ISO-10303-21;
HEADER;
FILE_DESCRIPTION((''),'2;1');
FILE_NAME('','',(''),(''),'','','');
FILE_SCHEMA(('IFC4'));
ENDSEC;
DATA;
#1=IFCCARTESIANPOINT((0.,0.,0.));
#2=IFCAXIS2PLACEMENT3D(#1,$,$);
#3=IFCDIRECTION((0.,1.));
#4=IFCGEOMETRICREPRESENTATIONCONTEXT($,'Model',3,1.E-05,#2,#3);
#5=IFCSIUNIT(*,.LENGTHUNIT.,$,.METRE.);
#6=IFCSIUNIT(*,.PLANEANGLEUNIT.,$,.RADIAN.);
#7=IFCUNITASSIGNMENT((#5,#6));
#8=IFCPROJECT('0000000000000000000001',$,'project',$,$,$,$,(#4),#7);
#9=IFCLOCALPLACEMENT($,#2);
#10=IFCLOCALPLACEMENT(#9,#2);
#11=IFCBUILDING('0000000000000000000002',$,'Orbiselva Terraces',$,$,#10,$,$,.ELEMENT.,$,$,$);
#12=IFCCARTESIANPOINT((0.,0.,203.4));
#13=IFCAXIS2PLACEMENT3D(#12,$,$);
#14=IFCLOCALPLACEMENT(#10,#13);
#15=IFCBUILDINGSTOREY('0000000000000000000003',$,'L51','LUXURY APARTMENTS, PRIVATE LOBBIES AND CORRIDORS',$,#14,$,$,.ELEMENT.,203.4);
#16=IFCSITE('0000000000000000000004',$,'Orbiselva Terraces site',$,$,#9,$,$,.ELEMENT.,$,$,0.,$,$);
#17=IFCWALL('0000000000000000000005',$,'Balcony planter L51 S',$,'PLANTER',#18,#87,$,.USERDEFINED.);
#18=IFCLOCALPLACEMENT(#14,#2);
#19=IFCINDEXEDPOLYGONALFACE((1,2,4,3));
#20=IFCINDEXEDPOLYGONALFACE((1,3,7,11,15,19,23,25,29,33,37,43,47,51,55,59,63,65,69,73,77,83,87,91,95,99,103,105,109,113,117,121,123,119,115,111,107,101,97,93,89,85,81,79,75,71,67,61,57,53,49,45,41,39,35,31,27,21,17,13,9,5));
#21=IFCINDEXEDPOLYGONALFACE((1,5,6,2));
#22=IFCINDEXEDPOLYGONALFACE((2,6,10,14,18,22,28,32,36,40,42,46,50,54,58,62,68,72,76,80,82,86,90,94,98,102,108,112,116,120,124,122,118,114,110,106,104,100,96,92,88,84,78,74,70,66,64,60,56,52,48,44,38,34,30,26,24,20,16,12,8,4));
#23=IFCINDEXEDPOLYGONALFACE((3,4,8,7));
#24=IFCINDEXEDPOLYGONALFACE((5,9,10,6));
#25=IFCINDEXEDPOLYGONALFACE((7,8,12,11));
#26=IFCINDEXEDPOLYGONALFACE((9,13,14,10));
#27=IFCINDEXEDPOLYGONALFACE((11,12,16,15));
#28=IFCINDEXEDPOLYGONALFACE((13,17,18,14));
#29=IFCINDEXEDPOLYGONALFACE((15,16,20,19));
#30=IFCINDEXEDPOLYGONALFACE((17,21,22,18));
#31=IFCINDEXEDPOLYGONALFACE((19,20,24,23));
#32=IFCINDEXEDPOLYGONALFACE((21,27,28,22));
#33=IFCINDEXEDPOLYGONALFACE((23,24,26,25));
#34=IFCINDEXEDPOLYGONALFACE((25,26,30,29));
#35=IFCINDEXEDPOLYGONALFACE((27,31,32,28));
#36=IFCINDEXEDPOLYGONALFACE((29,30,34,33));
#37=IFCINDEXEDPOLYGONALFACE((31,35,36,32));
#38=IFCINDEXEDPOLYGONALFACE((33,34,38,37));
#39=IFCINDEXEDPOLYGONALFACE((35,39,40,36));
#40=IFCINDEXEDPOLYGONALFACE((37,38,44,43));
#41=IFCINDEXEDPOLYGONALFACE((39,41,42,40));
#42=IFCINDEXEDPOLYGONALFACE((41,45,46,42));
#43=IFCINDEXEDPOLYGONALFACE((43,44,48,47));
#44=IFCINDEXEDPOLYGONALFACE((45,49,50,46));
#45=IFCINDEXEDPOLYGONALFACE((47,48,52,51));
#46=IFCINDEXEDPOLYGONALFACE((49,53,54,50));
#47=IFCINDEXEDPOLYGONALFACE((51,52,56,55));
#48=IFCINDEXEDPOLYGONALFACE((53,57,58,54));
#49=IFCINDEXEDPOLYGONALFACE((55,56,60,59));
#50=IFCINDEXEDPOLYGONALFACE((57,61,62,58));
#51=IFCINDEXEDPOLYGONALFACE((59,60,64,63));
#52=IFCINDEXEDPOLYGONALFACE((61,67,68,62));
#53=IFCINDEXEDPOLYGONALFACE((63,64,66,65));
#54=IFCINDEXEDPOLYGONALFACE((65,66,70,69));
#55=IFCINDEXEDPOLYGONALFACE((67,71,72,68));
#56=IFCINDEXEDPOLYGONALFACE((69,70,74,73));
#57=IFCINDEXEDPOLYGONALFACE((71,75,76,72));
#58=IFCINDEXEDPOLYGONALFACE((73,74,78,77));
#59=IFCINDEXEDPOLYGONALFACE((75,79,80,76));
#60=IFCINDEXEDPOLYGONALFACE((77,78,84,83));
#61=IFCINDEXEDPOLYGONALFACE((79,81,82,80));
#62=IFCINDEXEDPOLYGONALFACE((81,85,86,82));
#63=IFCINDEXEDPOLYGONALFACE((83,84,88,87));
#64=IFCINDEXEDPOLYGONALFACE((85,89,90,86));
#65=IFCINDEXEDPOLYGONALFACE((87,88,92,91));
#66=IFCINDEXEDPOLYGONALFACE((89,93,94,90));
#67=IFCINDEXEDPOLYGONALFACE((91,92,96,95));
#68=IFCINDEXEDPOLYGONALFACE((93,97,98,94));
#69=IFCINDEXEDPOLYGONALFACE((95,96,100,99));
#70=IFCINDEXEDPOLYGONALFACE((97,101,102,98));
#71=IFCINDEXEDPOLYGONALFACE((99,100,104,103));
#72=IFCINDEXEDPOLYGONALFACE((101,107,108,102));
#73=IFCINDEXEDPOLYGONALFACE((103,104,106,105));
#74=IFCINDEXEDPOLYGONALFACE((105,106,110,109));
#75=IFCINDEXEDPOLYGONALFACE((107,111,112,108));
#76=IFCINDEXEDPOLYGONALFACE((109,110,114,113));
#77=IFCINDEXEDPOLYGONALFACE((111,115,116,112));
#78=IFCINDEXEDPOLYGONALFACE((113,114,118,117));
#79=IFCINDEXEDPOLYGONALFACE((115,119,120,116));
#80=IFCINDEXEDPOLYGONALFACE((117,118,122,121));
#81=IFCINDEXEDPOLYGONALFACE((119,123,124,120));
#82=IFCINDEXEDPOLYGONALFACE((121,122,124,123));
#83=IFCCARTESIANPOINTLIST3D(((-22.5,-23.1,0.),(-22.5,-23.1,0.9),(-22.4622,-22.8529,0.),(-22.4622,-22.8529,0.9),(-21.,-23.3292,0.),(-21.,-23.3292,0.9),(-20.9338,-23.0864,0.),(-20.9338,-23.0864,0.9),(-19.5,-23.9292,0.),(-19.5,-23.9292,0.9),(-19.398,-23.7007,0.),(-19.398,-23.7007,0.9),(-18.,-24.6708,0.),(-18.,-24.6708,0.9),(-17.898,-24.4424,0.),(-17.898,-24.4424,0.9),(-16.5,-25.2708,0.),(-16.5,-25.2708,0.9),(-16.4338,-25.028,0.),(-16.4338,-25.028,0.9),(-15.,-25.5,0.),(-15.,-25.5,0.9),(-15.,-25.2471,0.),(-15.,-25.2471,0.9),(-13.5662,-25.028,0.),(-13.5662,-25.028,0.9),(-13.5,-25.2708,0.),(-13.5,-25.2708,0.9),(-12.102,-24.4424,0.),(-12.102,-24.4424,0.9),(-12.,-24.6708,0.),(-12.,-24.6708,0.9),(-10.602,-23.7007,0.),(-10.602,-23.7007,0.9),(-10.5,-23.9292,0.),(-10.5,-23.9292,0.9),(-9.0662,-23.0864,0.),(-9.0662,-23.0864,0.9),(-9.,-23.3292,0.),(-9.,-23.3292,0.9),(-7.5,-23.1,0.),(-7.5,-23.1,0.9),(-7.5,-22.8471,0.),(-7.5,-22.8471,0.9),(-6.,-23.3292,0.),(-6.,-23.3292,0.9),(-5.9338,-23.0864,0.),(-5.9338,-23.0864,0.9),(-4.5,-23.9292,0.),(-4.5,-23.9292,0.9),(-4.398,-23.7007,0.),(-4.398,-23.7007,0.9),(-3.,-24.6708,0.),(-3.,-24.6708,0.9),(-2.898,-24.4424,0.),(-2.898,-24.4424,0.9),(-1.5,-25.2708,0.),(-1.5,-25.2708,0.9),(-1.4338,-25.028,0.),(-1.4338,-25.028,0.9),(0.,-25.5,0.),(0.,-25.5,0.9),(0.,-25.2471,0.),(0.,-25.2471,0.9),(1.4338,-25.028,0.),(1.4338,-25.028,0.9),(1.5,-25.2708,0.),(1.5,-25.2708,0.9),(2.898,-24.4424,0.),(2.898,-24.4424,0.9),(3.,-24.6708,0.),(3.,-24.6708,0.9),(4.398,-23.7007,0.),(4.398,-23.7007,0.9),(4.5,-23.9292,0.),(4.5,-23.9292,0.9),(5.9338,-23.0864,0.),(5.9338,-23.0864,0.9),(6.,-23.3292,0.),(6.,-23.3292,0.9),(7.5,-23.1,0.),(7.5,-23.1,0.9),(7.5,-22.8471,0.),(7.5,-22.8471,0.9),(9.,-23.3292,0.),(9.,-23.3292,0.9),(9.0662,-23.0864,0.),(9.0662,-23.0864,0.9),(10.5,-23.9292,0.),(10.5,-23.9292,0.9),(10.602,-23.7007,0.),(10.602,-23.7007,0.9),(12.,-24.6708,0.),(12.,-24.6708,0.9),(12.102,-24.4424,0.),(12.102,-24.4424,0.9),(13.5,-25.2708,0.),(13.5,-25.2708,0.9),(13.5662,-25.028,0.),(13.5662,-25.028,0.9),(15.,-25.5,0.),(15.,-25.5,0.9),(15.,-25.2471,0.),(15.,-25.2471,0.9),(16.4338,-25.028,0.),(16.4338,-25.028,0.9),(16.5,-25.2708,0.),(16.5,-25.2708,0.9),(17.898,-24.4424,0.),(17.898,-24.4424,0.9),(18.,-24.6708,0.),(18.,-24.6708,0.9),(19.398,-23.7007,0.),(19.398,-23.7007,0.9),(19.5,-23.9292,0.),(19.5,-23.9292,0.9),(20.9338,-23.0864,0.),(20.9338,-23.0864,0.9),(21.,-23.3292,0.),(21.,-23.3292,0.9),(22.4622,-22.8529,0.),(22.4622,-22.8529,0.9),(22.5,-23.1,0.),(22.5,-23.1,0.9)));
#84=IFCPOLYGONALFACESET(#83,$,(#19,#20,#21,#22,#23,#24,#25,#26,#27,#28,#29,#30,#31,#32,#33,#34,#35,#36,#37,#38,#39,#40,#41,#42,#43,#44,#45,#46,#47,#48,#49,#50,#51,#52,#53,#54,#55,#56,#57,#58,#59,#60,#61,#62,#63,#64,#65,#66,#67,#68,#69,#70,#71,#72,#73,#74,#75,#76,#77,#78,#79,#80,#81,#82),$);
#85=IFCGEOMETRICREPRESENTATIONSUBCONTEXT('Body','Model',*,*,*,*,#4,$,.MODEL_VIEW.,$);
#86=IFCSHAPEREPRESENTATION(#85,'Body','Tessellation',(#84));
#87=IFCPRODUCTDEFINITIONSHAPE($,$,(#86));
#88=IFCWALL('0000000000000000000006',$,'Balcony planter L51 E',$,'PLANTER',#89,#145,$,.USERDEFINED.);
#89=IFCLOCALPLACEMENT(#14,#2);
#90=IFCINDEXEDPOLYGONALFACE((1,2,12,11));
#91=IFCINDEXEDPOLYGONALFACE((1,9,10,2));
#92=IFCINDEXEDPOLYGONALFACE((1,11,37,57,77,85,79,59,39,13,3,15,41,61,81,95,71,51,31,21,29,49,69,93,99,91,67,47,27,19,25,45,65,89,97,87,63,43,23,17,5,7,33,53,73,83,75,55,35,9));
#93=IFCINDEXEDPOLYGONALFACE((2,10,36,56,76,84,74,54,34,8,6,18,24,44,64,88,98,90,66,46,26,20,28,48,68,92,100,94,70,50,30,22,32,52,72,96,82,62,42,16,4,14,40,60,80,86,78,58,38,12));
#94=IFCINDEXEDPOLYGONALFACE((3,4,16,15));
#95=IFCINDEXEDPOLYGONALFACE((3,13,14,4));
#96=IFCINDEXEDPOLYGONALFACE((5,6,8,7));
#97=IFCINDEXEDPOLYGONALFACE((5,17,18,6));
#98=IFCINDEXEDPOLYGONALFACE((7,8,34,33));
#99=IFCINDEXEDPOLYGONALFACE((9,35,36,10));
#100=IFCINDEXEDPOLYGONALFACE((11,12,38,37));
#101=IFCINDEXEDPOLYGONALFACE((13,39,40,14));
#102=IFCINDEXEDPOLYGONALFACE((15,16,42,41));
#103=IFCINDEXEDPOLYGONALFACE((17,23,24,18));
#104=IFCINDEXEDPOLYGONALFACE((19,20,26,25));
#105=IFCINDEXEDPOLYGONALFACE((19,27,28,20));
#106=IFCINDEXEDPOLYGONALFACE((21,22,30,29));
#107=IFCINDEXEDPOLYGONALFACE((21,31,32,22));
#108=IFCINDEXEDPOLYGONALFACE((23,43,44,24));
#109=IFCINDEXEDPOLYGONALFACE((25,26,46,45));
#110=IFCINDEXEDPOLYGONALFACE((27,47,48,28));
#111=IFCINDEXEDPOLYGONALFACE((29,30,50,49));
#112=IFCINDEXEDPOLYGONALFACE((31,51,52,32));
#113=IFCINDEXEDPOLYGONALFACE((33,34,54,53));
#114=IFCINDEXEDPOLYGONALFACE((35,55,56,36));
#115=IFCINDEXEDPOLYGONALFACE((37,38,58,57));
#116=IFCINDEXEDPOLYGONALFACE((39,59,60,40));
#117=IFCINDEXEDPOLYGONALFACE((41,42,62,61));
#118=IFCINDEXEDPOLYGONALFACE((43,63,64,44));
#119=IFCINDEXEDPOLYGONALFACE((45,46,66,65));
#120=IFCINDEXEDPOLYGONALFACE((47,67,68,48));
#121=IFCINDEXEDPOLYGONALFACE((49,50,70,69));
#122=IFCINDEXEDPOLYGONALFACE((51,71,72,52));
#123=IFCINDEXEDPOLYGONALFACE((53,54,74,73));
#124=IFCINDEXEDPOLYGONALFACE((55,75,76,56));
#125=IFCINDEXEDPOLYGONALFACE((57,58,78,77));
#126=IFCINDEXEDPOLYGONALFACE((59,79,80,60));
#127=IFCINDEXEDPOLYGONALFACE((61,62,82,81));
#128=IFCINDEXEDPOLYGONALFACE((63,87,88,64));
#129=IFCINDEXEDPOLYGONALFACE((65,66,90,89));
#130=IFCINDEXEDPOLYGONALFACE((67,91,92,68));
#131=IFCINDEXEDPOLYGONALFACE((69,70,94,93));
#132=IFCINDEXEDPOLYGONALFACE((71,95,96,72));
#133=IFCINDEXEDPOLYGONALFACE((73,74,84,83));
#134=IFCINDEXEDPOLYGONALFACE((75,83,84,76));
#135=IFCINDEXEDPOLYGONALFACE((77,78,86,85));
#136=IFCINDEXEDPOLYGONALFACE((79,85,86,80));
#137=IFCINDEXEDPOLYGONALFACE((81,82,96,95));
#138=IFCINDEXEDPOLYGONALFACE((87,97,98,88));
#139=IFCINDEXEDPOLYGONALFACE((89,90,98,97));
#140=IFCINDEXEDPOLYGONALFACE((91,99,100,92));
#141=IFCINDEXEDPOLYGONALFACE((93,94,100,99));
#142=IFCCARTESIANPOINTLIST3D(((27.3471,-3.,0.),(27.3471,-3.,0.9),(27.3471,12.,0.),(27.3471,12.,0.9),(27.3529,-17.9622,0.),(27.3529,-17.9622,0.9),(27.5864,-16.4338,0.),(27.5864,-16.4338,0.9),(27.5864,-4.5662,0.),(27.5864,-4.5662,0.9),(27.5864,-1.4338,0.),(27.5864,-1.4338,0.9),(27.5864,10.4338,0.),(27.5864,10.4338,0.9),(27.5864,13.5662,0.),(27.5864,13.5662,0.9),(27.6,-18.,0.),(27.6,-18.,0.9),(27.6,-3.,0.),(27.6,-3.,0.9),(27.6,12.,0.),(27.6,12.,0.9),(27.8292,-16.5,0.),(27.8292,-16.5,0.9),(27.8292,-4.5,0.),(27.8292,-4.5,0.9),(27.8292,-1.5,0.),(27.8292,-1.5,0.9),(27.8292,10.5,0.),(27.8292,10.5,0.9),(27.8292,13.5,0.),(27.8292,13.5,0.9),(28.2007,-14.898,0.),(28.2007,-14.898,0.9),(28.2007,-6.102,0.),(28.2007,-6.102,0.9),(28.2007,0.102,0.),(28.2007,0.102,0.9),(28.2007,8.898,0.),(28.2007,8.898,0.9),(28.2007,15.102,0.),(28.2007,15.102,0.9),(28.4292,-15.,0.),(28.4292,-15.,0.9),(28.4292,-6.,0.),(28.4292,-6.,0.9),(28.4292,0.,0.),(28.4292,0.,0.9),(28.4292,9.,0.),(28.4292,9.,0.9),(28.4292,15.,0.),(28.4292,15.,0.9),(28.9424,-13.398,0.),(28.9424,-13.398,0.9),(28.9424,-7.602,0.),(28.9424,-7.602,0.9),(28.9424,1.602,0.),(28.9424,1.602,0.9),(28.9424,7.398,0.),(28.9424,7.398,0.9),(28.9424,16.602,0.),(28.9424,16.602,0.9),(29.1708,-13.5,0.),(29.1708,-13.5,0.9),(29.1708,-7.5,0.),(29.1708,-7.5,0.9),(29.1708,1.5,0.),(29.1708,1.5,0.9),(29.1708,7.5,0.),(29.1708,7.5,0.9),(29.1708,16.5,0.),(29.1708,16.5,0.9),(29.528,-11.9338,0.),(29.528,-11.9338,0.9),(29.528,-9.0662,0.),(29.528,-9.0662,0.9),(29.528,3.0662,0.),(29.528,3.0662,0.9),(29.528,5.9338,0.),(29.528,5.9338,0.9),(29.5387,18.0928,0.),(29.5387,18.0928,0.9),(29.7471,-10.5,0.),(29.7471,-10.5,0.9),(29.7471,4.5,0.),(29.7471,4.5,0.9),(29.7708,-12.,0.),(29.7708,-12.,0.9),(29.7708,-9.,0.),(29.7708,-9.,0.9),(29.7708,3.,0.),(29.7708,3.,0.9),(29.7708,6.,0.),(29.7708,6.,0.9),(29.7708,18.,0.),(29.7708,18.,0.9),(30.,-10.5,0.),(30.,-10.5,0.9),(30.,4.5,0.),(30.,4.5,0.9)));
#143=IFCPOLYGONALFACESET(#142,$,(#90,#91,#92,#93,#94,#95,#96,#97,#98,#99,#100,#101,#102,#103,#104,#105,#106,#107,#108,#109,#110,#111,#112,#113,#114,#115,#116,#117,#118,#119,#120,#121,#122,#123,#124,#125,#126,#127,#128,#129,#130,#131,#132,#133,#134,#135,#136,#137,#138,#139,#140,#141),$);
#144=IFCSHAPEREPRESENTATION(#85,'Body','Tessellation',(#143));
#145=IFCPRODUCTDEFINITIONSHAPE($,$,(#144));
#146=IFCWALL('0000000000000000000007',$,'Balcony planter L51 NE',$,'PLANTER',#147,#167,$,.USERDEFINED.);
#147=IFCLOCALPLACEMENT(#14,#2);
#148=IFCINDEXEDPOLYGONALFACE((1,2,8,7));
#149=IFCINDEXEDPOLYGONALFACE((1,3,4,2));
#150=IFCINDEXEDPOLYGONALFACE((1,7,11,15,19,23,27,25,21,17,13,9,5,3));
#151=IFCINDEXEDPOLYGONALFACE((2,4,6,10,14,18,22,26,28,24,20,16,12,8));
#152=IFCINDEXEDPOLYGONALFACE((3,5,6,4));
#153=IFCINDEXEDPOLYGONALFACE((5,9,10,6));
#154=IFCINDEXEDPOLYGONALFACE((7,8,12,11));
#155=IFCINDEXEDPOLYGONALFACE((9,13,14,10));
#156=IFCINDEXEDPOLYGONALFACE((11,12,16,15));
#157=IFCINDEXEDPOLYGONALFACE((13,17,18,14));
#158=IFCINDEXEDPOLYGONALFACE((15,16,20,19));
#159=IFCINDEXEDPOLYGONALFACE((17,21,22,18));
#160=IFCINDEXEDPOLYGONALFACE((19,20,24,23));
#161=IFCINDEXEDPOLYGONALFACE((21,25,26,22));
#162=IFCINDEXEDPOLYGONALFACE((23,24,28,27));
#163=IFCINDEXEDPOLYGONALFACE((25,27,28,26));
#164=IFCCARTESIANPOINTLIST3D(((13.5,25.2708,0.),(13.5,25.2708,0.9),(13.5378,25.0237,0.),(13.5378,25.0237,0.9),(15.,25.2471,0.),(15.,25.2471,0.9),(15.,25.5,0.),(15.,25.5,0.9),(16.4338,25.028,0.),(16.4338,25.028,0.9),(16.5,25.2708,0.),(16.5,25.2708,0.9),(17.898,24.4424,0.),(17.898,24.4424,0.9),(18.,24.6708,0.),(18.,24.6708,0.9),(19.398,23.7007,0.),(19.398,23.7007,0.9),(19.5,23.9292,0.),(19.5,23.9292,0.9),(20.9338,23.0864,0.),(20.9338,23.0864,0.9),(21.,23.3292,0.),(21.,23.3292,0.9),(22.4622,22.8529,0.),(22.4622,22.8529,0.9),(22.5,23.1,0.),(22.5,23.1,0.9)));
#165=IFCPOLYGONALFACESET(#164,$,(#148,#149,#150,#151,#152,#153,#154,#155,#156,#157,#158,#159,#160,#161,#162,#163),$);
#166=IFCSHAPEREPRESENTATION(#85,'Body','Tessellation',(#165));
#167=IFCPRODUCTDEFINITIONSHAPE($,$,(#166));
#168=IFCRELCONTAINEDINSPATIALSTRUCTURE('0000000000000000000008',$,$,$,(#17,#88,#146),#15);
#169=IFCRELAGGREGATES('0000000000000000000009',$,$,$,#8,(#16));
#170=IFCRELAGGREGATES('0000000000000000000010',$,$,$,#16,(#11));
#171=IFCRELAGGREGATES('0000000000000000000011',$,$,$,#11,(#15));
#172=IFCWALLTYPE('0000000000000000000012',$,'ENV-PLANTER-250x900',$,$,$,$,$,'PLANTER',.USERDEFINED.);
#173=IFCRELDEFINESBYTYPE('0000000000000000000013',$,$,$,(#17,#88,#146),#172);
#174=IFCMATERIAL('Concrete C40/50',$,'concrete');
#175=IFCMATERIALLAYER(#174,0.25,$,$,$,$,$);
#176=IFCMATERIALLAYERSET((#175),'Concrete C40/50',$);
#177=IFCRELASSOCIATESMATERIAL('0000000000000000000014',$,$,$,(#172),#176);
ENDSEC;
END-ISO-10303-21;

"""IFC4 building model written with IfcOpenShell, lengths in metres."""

from ifc_helpers import new_model, si_unit, direction, frame, origin, place, context, subcontext, project, spatial, polyline, outline, extrude, material, layer, layer_set, type_object, element, save


model = new_model("IFC4")

# Units and contexts
model_context = context("Model", 3, precision=1e-05, world=origin(), true_north=direction((0.0, 1.0)))
body_context = subcontext(model_context, "Body", "Model", "MODEL_VIEW")
ifc_project = project(units=[si_unit("LENGTHUNIT", "METRE"), si_unit("PLANEANGLEUNIT", "RADIAN")], contexts=[model_context])

# Site, building, storey
site_placement = place(None, origin())
site = spatial("IfcSite", under=ifc_project, at=site_placement, Name="Orbiselva Terraces site", CompositionType="ELEMENT", RefElevation=0.0)
building_placement = place(site_placement, origin())
building = spatial("IfcBuilding", under=site, at=building_placement, Name="Orbiselva Terraces", CompositionType="ELEMENT")
storey_placement = place(building_placement, frame((0.0, 0.0, 203.4)))
storey = spatial("IfcBuildingStorey", under=building, at=storey_placement, Name="L51", Description="LUXURY APARTMENTS, PRIVATE LOBBIES AND CORRIDORS", CompositionType="ELEMENT", Elevation=203.4)

# Shared definitions
ifc_material_1 = material(Name="Concrete C40/50", Category="concrete")

# Walls
ifc_layer_1 = layer(ifc_material_1, 0.25)
ifc_layer_set_1 = layer_set([ifc_layer_1], Name="Concrete C40/50")
wall_type_1 = type_object("IfcWallType", Name="ENV-PLANTER-250x900", ElementType="PLANTER", PredefinedType="USERDEFINED", material=ifc_layer_set_1)
wall_1_placement = place(storey_placement, origin())
element("IfcWall", 1, at=wall_1_placement, inside=storey, type_object=wall_type_1, Name="Balcony planter L51 S", ObjectType="PLANTER", PredefinedType="USERDEFINED", context=body_context, shape_type="SweptSolid", body=[
    extrude(outline(polyline([(-22.5, -23.1), (-21.0, -23.3292), (-19.5, -23.9292), (-18.0, -24.6708), (-16.5, -25.2708), (-15.0, -25.5), (-13.5, -25.2708), (-12.0, -24.6708), (-10.5, -23.9292), (-9.0, -23.3292), (-7.5, -23.1), (-6.0, -23.3292), (-4.5, -23.9292), (-3.0, -24.6708), (-1.5, -25.2708), (0.0, -25.5), (1.5, -25.2708), (3.0, -24.6708), (4.5, -23.9292), (6.0, -23.3292), (7.5, -23.1), (9.0, -23.3292), (10.5, -23.9292), (12.0, -24.6708), (13.5, -25.2708), (15.0, -25.5), (16.5, -25.2708), (18.0, -24.6708), (19.5, -23.9292), (21.0, -23.3292), (22.5, -23.1), (22.4622, -22.8529), (20.9338, -23.0864), (19.398, -23.7007), (17.898, -24.4424), (16.4338, -25.028), (15.0, -25.2471), (13.5662, -25.028), (12.102, -24.4424), (10.602, -23.7007), (9.0662, -23.0864), (7.5, -22.8471), (5.9338, -23.0864), (4.398, -23.7007), (2.898, -24.4424), (1.4338, -25.028), (0.0, -25.2471), (-1.4338, -25.028), (-2.898, -24.4424), (-4.398, -23.7007), (-5.9338, -23.0864), (-7.5, -22.8471), (-9.0662, -23.0864), (-10.602, -23.7007), (-12.102, -24.4424), (-13.5662, -25.028), (-15.0, -25.2471), (-16.4338, -25.028), (-17.898, -24.4424), (-19.398, -23.7007), (-20.9338, -23.0864), (-22.4622, -22.8529), (-22.5, -23.1)])), origin(), (0.0, 0.0, 1.0), 0.9),
])
wall_2_placement = place(storey_placement, origin())
element("IfcWall", 2, at=wall_2_placement, inside=storey, type_object=wall_type_1, Name="Balcony planter L51 E", ObjectType="PLANTER", PredefinedType="USERDEFINED", context=body_context, shape_type="SweptSolid", body=[
    extrude(outline(polyline([(27.6, -18.0), (27.8292, -16.5), (28.4292, -15.0), (29.1708, -13.5), (29.7708, -12.0), (30.0, -10.5), (29.7708, -9.0), (29.1708, -7.5), (28.4292, -6.0), (27.8292, -4.5), (27.6, -3.0), (27.8292, -1.5), (28.4292, 0.0), (29.1708, 1.5), (29.7708, 3.0), (30.0, 4.5), (29.7708, 6.0), (29.1708, 7.5), (28.4292, 9.0), (27.8292, 10.5), (27.6, 12.0), (27.8292, 13.5), (28.4292, 15.0), (29.1708, 16.5), (29.7708, 18.0), (29.5387, 18.0928), (28.9424, 16.602), (28.2007, 15.102), (27.5864, 13.5662), (27.3471, 12.0), (27.5864, 10.4338), (28.2007, 8.898), (28.9424, 7.398), (29.528, 5.9338), (29.7471, 4.5), (29.528, 3.0662), (28.9424, 1.602), (28.2007, 0.102), (27.5864, -1.4338), (27.3471, -3.0), (27.5864, -4.5662), (28.2007, -6.102), (28.9424, -7.602), (29.528, -9.0662), (29.7471, -10.5), (29.528, -11.9338), (28.9424, -13.398), (28.2007, -14.898), (27.5864, -16.4338), (27.3529, -17.9622), (27.6, -18.0)])), origin(), (0.0, 0.0, 1.0), 0.9),
])
wall_3_placement = place(storey_placement, origin())
element("IfcWall", 3, at=wall_3_placement, inside=storey, type_object=wall_type_1, Name="Balcony planter L51 NE", ObjectType="PLANTER", PredefinedType="USERDEFINED", context=body_context, shape_type="SweptSolid", body=[
    extrude(outline(polyline([(22.5, 23.1), (21.0, 23.3292), (19.5, 23.9292), (18.0, 24.6708), (16.5, 25.2708), (15.0, 25.5), (13.5, 25.2708), (13.5378, 25.0237), (15.0, 25.2471), (16.4338, 25.028), (17.898, 24.4424), (19.398, 23.7007), (20.9338, 23.0864), (22.4622, 22.8529), (22.5, 23.1)])), origin(), (0.0, 0.0, 1.0), 0.9),
])

save(model, "model.ifc")
